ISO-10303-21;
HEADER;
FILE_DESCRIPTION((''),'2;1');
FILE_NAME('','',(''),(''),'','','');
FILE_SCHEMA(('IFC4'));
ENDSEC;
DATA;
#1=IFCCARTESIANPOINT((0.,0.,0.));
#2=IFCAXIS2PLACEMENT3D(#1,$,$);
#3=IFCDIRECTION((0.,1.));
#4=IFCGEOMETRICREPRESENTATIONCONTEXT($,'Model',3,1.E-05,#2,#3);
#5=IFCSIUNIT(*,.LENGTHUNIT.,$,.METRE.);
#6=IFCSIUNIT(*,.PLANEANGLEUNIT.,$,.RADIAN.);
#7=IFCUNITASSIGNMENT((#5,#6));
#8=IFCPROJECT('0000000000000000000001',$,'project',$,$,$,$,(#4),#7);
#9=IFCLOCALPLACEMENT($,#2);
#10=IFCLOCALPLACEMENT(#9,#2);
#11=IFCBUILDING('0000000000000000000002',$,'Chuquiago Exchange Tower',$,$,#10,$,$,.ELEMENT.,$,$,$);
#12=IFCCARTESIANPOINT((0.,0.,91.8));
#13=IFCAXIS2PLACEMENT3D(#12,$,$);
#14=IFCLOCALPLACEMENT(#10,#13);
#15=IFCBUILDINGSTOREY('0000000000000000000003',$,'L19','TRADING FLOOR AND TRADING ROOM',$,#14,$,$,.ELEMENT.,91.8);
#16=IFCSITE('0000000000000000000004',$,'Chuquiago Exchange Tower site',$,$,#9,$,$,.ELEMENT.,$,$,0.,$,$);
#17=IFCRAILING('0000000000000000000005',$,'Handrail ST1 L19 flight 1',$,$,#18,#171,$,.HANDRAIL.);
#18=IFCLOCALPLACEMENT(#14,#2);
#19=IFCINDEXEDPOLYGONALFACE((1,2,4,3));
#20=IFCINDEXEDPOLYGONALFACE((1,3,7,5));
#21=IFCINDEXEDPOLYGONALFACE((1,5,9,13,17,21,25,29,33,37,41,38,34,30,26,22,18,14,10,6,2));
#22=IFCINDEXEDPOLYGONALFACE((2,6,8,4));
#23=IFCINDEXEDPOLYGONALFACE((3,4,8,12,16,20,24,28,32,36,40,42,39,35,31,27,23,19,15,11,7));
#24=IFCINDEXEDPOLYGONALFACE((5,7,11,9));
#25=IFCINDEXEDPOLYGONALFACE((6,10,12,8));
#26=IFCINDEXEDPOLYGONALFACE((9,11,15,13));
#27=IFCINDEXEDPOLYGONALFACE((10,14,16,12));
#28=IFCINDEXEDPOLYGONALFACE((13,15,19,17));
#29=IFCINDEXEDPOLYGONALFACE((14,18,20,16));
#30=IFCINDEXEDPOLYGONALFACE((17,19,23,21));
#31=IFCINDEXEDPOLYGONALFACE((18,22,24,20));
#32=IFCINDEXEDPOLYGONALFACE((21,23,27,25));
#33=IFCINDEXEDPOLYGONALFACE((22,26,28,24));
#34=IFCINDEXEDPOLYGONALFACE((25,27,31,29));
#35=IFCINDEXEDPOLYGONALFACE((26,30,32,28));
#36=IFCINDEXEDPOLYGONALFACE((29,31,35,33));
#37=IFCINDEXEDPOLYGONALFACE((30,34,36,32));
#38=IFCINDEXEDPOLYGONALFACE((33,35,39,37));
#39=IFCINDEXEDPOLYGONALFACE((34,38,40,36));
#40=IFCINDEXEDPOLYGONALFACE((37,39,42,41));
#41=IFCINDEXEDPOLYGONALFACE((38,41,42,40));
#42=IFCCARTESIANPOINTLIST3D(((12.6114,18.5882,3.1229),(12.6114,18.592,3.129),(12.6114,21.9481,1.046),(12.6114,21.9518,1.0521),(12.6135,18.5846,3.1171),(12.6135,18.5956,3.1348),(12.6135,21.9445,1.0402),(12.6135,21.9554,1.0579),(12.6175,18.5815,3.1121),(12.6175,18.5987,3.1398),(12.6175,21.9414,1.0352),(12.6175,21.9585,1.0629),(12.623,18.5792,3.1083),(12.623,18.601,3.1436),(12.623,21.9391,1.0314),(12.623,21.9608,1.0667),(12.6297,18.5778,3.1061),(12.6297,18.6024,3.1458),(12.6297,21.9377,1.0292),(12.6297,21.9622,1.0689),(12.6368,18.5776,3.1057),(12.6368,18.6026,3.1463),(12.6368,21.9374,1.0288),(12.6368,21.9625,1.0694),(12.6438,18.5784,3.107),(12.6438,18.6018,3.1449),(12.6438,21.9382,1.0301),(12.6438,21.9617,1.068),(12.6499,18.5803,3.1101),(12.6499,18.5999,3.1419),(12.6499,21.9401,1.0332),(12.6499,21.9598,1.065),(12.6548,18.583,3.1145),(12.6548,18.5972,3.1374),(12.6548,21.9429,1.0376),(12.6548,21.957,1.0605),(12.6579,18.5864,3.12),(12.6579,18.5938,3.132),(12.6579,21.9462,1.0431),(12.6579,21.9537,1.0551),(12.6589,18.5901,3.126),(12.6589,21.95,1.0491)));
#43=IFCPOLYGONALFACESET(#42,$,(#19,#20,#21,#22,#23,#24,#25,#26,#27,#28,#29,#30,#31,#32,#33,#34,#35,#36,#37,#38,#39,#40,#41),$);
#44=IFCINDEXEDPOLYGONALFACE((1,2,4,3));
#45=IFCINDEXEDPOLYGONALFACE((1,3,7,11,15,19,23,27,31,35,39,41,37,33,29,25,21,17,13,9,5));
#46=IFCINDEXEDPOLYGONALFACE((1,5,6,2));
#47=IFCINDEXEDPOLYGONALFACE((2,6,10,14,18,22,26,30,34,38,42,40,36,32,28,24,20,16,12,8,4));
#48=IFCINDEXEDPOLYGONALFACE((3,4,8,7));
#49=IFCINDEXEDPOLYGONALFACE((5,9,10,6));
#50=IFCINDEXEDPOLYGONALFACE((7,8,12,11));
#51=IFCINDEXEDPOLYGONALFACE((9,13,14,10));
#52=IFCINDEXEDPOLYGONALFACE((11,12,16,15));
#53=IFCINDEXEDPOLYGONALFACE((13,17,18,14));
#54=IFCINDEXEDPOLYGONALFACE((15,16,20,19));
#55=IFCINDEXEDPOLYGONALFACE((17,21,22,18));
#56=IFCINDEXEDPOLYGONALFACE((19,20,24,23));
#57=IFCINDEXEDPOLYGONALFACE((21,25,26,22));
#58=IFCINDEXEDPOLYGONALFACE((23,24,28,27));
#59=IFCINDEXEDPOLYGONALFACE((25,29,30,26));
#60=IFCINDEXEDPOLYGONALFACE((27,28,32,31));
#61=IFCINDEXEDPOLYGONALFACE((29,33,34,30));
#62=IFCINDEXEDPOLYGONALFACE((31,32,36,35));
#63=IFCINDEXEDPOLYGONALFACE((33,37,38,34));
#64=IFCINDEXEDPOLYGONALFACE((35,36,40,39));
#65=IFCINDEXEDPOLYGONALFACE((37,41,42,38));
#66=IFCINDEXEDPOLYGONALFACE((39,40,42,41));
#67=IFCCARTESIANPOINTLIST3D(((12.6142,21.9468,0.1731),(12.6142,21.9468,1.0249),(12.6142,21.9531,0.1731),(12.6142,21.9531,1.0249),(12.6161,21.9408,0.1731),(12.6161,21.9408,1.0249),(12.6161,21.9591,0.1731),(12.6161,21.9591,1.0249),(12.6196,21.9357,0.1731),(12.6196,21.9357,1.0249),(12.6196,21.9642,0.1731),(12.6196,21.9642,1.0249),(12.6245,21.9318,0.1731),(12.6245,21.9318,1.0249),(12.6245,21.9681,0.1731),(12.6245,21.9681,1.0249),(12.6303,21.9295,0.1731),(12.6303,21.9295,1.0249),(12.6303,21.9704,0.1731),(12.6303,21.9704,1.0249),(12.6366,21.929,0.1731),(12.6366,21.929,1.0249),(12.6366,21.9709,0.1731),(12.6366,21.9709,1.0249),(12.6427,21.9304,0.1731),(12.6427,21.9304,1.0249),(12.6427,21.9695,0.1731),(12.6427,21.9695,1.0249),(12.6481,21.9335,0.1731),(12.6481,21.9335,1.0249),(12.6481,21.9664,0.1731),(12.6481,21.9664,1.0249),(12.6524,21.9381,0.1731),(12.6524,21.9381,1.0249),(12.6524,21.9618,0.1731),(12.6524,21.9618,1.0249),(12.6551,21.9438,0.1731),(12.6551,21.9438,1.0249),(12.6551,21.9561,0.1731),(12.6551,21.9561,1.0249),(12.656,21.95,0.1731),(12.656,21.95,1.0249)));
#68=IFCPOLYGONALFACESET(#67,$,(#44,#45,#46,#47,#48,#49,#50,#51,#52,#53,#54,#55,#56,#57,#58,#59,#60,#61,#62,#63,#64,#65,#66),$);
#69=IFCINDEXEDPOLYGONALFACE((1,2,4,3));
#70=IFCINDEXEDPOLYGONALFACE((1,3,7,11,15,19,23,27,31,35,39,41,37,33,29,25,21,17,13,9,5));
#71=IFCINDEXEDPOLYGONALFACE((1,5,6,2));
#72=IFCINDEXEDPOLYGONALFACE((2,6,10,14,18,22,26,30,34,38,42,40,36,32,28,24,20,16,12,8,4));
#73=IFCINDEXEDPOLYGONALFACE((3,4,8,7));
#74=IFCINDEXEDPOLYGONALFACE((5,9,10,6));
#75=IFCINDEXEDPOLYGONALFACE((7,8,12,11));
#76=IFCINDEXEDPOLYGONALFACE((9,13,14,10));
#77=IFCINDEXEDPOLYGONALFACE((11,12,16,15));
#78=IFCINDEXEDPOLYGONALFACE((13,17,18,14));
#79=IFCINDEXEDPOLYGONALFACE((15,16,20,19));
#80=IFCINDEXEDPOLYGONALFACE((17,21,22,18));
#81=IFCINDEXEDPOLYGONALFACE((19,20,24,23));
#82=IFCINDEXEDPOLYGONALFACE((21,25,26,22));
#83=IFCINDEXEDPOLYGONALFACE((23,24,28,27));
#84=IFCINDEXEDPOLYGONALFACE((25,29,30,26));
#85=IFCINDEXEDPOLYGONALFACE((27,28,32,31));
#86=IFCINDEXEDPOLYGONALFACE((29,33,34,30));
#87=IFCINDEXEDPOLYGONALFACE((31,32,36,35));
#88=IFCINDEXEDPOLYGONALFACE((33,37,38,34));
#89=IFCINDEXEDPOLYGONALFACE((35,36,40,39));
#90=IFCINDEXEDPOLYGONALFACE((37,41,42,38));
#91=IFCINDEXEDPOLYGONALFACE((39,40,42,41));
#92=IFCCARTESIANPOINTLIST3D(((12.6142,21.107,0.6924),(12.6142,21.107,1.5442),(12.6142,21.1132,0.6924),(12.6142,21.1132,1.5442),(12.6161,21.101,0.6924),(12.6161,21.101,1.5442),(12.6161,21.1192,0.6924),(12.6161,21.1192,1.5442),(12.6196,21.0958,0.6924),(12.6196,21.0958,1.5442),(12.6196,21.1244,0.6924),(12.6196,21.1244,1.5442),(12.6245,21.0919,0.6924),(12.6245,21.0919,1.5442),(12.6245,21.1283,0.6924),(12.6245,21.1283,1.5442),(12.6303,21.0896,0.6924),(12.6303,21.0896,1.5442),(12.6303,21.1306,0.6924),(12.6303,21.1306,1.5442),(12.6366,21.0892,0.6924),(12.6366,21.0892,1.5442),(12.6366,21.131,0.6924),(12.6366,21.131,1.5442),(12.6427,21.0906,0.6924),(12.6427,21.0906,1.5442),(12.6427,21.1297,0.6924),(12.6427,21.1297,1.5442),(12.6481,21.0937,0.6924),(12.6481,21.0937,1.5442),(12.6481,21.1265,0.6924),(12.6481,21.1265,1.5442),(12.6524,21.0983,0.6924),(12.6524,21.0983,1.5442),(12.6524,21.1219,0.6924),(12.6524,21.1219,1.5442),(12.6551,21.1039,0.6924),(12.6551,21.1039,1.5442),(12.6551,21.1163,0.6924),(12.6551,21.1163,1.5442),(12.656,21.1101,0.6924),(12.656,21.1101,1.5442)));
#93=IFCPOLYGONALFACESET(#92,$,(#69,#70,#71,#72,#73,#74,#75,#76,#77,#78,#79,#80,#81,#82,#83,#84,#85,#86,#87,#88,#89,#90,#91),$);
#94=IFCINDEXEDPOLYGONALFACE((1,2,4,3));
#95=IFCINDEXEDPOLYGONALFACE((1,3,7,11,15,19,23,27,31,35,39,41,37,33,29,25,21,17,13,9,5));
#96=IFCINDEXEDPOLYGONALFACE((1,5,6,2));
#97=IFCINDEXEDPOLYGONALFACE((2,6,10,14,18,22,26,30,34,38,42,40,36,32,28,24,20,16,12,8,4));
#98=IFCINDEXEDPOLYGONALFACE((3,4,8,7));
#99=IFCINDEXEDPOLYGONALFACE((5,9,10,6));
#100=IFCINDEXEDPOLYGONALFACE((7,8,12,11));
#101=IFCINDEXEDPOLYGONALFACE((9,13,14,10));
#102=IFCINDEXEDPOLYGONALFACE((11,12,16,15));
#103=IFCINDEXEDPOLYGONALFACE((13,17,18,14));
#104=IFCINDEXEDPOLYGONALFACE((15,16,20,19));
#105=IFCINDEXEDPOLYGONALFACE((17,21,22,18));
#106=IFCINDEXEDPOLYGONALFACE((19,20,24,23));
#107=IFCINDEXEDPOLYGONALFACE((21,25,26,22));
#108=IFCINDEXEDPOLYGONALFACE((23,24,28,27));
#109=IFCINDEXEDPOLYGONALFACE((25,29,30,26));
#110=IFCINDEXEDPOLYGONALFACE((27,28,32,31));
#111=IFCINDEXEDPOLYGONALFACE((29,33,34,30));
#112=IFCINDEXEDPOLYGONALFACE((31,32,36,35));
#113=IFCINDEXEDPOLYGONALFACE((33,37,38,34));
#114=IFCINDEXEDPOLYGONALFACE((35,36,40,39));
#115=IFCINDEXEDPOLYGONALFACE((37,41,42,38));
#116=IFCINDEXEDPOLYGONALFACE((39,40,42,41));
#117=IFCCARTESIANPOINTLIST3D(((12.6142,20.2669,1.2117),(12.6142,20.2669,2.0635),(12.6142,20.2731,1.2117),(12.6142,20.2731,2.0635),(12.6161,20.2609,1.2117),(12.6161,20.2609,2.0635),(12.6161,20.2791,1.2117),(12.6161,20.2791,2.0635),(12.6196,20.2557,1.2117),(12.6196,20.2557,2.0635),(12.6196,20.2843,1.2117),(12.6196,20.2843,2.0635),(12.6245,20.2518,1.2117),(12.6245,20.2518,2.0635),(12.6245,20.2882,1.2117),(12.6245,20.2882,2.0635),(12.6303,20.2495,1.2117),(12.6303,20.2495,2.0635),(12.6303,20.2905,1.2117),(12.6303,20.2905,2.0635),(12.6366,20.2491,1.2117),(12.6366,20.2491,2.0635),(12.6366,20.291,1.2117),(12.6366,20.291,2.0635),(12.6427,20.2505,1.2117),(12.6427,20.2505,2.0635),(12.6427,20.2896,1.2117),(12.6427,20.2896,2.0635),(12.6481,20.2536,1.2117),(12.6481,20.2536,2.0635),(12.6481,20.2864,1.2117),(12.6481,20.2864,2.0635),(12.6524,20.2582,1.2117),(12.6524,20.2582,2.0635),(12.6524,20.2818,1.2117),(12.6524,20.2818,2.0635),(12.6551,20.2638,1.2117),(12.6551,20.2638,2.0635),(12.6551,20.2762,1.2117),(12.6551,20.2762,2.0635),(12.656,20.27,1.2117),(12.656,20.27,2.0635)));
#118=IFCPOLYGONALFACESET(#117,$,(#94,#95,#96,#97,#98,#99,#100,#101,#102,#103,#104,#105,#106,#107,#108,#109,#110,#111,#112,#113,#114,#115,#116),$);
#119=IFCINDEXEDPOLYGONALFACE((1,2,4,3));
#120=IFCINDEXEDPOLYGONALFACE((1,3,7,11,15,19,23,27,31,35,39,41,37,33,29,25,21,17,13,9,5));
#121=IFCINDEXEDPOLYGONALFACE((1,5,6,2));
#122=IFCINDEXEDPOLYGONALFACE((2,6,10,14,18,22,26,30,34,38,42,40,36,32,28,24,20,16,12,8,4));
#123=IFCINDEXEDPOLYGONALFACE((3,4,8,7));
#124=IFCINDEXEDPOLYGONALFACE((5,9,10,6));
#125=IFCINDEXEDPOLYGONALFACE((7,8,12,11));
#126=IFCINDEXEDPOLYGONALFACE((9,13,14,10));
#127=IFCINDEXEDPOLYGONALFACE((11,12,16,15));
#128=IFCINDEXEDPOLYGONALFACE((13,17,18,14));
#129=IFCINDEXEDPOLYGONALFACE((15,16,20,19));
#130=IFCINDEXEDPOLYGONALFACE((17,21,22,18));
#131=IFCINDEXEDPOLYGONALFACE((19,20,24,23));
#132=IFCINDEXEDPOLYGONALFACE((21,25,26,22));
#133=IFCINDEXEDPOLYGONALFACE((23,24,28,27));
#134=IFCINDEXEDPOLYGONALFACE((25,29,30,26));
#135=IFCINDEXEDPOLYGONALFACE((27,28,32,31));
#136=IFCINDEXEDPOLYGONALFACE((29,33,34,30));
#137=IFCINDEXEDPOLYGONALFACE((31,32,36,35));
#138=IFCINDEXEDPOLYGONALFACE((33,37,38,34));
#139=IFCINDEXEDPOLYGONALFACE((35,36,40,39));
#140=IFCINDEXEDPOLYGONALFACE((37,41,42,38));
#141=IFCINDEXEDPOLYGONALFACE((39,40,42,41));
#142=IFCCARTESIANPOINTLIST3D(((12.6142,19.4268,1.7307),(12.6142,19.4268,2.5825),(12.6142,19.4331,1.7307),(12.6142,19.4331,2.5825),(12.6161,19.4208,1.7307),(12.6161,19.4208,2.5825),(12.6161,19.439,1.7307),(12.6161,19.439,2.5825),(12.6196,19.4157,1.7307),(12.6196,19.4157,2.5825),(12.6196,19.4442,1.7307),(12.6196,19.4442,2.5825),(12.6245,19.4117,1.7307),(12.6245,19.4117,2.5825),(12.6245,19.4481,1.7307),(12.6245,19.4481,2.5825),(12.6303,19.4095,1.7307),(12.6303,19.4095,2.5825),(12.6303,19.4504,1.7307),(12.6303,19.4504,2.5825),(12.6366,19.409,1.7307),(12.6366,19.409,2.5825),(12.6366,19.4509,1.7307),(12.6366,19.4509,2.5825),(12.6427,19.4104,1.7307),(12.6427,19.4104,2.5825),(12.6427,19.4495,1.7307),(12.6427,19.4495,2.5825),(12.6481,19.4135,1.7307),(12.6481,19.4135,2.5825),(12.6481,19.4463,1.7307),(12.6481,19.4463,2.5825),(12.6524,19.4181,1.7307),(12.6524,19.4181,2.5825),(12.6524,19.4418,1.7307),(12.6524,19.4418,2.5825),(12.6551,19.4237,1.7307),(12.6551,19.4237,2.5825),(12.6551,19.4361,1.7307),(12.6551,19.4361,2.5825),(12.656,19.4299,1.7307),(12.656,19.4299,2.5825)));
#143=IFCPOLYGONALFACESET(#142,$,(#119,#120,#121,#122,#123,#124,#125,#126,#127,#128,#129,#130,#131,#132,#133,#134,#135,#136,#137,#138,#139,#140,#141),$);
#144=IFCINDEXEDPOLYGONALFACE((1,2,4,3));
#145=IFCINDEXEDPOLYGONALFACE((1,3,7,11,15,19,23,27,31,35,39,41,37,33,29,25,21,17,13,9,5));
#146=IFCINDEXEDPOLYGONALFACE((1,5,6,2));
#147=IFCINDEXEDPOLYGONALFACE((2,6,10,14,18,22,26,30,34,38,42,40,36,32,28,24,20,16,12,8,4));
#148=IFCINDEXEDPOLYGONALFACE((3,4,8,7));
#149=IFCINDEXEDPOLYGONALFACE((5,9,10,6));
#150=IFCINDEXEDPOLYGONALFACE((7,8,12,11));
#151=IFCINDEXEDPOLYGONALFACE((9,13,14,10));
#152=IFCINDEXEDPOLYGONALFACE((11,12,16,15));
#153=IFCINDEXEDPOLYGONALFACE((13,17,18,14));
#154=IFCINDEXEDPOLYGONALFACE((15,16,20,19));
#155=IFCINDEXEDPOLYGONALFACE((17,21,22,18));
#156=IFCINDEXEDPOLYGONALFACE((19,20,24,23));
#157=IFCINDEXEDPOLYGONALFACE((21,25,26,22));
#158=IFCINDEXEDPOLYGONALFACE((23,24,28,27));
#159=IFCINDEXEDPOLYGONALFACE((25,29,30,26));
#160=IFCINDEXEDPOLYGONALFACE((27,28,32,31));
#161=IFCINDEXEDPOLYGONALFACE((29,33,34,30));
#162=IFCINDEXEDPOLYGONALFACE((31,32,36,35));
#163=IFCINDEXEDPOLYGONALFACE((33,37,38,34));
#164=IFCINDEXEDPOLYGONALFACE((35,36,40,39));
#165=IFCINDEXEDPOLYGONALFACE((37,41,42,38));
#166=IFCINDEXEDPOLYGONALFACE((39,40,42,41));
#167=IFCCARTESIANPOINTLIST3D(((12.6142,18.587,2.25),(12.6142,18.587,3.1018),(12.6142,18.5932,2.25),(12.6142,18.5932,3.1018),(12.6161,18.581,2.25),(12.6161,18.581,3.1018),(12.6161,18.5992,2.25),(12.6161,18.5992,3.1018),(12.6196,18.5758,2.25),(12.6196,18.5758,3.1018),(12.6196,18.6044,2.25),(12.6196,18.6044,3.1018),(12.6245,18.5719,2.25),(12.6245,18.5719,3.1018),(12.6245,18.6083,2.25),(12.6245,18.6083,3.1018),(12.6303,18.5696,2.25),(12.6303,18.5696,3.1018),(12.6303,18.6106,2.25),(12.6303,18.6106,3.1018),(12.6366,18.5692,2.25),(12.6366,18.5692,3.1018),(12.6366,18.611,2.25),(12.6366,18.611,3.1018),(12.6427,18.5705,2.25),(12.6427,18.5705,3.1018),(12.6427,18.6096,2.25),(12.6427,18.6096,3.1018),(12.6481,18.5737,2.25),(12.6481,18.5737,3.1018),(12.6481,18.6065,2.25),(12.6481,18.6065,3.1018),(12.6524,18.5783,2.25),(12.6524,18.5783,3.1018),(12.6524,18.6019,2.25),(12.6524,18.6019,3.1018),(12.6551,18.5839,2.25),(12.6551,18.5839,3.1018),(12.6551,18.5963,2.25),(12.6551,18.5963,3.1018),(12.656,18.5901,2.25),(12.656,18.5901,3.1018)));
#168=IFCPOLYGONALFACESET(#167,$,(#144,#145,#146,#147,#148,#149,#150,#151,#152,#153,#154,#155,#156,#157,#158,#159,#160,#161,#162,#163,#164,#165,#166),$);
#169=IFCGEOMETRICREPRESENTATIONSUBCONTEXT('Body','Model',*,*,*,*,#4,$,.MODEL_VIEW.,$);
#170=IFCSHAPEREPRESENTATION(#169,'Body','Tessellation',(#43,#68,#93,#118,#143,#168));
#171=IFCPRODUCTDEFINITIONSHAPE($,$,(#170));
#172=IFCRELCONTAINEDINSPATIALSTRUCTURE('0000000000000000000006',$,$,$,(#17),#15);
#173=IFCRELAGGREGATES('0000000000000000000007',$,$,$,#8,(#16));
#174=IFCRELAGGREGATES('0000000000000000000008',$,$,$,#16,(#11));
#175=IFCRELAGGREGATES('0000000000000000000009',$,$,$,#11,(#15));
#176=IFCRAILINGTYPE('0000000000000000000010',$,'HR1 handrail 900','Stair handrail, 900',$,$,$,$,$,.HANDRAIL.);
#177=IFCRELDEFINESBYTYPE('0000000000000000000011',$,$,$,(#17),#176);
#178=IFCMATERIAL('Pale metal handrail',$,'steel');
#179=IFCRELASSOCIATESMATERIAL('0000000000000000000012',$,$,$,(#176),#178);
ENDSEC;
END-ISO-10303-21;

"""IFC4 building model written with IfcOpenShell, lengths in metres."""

from ifc_helpers import new_model, si_unit, direction, frame, origin, origin_2d, place, context, subcontext, project, spatial, circle, extrude, material, type_object, element, save


model = new_model("IFC4")

# Units and contexts
model_context = context("Model", 3, precision=1e-05, world=origin(), true_north=direction((0.0, 1.0)))
body_context = subcontext(model_context, "Body", "Model", "MODEL_VIEW")
ifc_project = project(units=[si_unit("LENGTHUNIT", "METRE"), si_unit("PLANEANGLEUNIT", "RADIAN")], contexts=[model_context])

# Site, building, storey
site_placement = place(None, origin())
site = spatial("IfcSite", under=ifc_project, at=site_placement, Name="Chuquiago Exchange Tower site", CompositionType="ELEMENT", RefElevation=0.0)
building_placement = place(site_placement, origin())
building = spatial("IfcBuilding", under=site, at=building_placement, Name="Chuquiago Exchange Tower", CompositionType="ELEMENT")
storey_placement = place(building_placement, frame((0.0, 0.0, 91.8)))
storey = spatial("IfcBuildingStorey", under=building, at=storey_placement, Name="L19", Description="TRADING FLOOR AND TRADING ROOM", CompositionType="ELEMENT", Elevation=91.8)

# Railing
ifc_material_1 = material(Name="Pale metal handrail", Category="steel")
railing_type_1 = type_object("IfcRailingType", Name="HR1 handrail 900", Description="Stair handrail, 900", PredefinedType="HANDRAIL", material=ifc_material_1)
railing_placement = place(storey_placement, frame((12.635, 21.95, 0.1731)))
element("IfcRailing", 1, at=railing_placement, inside=storey, type_object=railing_type_1, Name="Handrail ST1 L19 flight 1", PredefinedType="HANDRAIL", context=body_context, shape_type="SweptSolid", body=[
    extrude(circle(Radius=0.0239, at=origin_2d()), frame((0.0, 0.0, 0.876), z_axis=(0.0, -0.850606, 0.525803), x_axis=(1.0, 0.0, 0.0)), (0.0, 0.0, 1.0), 3.95),
    extrude(circle(Radius=0.021, at=origin_2d()), origin(), (0.0, 0.0, 1.0), 0.8518),
    extrude(circle(Radius=0.021, at=origin_2d()), frame((0.0, -0.8398, 0.5193)), (0.0, 0.0, 1.0), 0.8518),
    extrude(circle(Radius=0.021, at=origin_2d()), frame((0.0, -1.6799, 1.0386)), (0.0, 0.0, 1.0), 0.8518),
    extrude(circle(Radius=0.021, at=origin_2d()), frame((0.0, -2.52, 1.5576)), (0.0, 0.0, 1.0), 0.8518),
    extrude(circle(Radius=0.021, at=origin_2d()), frame((0.0, -3.3599, 2.0769)), (0.0, 0.0, 1.0), 0.8518),
])

save(model, "model.ifc")
